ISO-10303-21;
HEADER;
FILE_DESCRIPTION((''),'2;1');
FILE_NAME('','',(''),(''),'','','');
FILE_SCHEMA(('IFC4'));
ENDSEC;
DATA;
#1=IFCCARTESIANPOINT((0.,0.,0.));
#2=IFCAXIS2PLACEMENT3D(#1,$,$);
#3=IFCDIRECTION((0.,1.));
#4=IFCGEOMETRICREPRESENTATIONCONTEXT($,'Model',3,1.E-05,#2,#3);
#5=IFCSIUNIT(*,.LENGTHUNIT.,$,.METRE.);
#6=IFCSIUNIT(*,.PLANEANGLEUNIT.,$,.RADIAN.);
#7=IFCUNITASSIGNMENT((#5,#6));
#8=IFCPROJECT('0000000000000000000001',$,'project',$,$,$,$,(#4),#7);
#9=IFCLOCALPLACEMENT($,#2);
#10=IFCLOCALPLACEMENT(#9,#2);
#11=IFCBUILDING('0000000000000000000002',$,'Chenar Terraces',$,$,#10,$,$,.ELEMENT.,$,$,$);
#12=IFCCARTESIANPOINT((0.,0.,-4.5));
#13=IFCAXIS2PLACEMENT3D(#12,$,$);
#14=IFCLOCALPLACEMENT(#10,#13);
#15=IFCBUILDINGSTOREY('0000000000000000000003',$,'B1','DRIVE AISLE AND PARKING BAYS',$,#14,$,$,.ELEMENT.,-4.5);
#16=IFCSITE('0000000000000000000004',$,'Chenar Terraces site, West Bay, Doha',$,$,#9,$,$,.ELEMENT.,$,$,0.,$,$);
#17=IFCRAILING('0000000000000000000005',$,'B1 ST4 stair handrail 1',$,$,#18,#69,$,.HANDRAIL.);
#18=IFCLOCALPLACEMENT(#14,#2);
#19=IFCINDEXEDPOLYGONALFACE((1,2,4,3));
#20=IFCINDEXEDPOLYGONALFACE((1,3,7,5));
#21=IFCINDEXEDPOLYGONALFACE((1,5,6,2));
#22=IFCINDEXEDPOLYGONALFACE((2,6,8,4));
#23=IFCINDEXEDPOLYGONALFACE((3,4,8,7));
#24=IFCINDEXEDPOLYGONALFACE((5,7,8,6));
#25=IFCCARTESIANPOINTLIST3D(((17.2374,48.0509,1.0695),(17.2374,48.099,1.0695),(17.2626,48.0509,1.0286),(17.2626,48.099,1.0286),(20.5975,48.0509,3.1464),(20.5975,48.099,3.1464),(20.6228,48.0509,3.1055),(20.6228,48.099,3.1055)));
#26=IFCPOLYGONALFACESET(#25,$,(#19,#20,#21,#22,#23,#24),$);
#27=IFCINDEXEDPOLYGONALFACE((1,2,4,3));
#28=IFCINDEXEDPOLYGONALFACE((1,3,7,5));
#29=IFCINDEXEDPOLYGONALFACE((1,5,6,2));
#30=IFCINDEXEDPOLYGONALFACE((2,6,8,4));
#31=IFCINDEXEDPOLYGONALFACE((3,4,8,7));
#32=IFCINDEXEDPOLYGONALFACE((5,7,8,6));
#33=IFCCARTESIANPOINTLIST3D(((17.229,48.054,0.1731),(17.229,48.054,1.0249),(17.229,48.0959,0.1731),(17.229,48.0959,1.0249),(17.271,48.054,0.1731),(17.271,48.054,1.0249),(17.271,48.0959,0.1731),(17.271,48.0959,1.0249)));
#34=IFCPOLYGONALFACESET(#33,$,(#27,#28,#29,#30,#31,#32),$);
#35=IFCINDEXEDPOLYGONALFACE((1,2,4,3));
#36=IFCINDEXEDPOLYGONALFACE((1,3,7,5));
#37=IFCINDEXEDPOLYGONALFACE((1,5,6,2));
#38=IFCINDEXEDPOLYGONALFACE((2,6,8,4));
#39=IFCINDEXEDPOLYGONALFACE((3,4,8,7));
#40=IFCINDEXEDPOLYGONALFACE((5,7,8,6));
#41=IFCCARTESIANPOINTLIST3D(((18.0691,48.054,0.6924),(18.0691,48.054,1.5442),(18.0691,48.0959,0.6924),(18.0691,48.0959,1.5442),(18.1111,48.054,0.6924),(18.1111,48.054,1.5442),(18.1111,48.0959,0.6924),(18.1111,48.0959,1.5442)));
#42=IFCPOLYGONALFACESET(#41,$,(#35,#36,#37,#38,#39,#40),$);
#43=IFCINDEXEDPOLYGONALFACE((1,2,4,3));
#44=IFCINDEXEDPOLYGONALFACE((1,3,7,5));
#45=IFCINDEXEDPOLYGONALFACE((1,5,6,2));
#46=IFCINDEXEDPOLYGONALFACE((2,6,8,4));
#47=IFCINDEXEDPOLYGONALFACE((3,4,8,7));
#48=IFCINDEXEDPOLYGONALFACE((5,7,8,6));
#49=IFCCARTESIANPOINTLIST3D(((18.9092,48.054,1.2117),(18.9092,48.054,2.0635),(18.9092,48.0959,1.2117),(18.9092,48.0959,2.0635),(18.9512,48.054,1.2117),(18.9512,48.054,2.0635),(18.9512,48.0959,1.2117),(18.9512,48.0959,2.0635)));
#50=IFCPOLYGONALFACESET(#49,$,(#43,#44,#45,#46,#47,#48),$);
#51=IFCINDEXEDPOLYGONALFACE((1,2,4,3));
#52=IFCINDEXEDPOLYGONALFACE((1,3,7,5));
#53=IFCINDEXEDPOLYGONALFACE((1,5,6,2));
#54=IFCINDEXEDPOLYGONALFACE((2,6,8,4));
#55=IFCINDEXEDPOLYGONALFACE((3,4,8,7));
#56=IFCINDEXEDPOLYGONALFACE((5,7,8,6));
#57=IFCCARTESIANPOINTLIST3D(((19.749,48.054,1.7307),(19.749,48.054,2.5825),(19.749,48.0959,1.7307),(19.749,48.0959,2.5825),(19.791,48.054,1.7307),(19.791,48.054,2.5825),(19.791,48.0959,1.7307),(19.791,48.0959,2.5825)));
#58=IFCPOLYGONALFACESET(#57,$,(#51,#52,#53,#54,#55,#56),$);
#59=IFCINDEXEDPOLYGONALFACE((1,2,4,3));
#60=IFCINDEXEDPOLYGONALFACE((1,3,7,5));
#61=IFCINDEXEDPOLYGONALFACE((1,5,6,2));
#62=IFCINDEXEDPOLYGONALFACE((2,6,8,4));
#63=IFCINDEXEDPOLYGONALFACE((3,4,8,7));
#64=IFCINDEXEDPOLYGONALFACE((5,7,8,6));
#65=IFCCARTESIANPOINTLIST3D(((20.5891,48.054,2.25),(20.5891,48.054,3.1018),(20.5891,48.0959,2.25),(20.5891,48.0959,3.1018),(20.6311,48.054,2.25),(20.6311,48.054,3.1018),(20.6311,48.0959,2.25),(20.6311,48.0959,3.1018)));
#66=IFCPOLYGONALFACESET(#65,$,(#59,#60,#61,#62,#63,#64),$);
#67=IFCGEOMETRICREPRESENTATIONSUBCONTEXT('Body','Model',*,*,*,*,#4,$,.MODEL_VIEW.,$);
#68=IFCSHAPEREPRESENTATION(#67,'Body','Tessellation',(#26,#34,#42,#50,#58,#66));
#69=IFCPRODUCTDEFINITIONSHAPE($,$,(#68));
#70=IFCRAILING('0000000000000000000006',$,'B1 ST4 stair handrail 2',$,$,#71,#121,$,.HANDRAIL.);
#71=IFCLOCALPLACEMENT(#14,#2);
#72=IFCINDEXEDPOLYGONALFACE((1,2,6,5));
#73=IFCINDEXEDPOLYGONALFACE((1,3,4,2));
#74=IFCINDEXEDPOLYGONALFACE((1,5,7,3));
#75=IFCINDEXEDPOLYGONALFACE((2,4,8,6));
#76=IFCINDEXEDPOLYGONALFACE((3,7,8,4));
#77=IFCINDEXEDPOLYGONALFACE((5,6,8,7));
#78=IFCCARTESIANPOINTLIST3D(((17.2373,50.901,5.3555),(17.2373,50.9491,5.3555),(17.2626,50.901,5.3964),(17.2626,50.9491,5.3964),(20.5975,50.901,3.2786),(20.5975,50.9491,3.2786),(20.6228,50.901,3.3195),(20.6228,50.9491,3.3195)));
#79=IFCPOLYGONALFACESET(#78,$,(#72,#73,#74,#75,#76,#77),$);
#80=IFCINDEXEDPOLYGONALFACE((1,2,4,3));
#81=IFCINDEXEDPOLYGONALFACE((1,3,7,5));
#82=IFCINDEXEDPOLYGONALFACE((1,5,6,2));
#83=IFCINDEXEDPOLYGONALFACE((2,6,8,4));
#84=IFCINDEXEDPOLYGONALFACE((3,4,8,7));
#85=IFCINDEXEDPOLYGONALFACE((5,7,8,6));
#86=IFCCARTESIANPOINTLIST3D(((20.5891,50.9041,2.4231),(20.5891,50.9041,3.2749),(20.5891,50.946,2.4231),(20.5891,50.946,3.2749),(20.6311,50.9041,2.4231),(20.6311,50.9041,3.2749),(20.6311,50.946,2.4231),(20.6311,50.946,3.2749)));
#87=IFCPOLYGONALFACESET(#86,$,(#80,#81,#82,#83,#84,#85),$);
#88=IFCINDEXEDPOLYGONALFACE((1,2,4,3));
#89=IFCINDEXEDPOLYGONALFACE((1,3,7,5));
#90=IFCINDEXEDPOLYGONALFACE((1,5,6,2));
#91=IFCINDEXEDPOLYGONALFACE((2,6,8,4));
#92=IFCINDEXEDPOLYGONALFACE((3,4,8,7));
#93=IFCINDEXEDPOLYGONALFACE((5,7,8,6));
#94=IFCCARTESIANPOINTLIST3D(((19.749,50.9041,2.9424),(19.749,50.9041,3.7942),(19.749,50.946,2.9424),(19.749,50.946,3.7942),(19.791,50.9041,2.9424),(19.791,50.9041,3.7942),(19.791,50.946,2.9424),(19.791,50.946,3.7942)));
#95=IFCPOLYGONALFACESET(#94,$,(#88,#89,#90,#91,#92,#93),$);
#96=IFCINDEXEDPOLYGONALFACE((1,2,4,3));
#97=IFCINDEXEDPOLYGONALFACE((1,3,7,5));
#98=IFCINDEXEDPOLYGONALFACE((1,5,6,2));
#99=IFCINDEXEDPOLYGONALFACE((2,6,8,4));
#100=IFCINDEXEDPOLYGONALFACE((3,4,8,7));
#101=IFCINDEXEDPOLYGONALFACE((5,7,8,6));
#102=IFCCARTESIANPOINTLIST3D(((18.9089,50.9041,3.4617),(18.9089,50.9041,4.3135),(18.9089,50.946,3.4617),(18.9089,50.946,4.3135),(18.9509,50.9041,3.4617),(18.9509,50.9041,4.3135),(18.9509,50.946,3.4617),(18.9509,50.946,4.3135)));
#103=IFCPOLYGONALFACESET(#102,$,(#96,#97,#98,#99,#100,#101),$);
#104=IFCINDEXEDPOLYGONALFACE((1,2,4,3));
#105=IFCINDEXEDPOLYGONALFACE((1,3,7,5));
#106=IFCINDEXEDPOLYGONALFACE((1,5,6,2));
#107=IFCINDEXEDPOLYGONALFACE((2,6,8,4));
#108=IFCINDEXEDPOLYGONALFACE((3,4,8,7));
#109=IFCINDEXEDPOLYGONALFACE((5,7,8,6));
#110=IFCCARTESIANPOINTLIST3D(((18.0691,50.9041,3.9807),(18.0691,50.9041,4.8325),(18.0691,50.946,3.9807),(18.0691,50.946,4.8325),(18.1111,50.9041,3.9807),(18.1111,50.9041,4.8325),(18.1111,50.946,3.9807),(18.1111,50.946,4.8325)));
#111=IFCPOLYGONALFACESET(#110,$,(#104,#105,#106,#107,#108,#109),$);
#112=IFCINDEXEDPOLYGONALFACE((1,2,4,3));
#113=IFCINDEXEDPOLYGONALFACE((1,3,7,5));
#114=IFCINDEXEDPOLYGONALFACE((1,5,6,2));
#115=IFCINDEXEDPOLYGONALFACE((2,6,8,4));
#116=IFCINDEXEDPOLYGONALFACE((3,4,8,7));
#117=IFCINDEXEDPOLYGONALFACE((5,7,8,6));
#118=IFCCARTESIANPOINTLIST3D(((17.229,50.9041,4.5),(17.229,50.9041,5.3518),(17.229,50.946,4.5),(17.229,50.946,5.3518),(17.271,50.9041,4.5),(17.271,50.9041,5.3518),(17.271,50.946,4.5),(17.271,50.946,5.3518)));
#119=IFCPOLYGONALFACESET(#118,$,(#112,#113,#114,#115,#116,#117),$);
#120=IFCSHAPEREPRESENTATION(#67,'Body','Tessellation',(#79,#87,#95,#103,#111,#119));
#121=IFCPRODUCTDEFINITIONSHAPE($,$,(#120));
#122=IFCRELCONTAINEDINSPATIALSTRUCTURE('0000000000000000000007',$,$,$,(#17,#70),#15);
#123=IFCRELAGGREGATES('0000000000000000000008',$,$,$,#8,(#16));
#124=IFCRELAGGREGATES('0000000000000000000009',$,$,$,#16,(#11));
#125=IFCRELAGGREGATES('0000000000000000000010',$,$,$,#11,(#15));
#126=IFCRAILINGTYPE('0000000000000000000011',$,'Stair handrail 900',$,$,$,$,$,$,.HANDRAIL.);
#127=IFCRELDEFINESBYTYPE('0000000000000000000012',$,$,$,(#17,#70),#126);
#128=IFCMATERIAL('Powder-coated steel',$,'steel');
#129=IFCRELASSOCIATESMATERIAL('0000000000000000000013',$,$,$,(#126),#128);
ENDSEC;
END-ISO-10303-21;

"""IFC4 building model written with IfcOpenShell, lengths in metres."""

from ifc_helpers import new_model, si_unit, direction, frame, origin, origin_2d, place, context, subcontext, project, spatial, rectangle, extrude, material, type_object, element, save


model = new_model("IFC4")

# Units and contexts
model_context = context("Model", 3, precision=1e-05, world=origin(), true_north=direction((0.0, 1.0)))
body_context = subcontext(model_context, "Body", "Model", "MODEL_VIEW")
ifc_project = project(units=[si_unit("LENGTHUNIT", "METRE"), si_unit("PLANEANGLEUNIT", "RADIAN")], contexts=[model_context])

# Site, building, storey
site_placement = place(None, origin())
site = spatial("IfcSite", under=ifc_project, at=site_placement, Name="Chenar Terraces site, West Bay, Doha", CompositionType="ELEMENT", RefElevation=0.0)
building_placement = place(site_placement, origin())
building = spatial("IfcBuilding", under=site, at=building_placement, Name="Chenar Terraces", CompositionType="ELEMENT")
storey_placement = place(building_placement, frame((0.0, 0.0, -4.5)))
storey = spatial("IfcBuildingStorey", under=building, at=storey_placement, Name="B1", Description="DRIVE AISLE AND PARKING BAYS", CompositionType="ELEMENT", Elevation=-4.5)

# Railings
ifc_material_1 = material(Name="Powder-coated steel", Category="steel")
railing_type_1 = type_object("IfcRailingType", Name="Stair handrail 900", PredefinedType="HANDRAIL", material=ifc_material_1)
railing_1_placement = place(storey_placement, frame((17.25, 48.075, 0.1731)))
element("IfcRailing", 1, at=railing_1_placement, inside=storey, type_object=railing_type_1, Name="B1 ST4 stair handrail 1", PredefinedType="HANDRAIL", context=body_context, shape_type="SweptSolid", body=[
    extrude(rectangle(XDim=0.0481, YDim=0.0481, at=origin_2d()), frame((0.0, 0.0, 0.876), z_axis=(0.850623, 0.0, 0.525776), x_axis=(0.0, 1.0, 0.0)), (0.0, 0.0, 1.0), 3.9502),
    extrude(rectangle(XDim=0.042, YDim=0.042, at=origin_2d()), origin(), (0.0, 0.0, 1.0), 0.8518),
    extrude(rectangle(XDim=0.042, YDim=0.042, at=origin_2d()), frame((0.8401, 0.0, 0.5193)), (0.0, 0.0, 1.0), 0.8518),
    extrude(rectangle(XDim=0.042, YDim=0.042, at=origin_2d()), frame((1.6802, 0.0, 1.0386)), (0.0, 0.0, 1.0), 0.8518),
    extrude(rectangle(XDim=0.042, YDim=0.042, at=origin_2d()), frame((2.52, 0.0, 1.5576)), (0.0, 0.0, 1.0), 0.8518),
    extrude(rectangle(XDim=0.042, YDim=0.042, at=origin_2d()), frame((3.3601, 0.0, 2.0769)), (0.0, 0.0, 1.0), 0.8518),
])
railing_2_placement = place(storey_placement, frame((20.6101, 50.925, 2.4231)))
element("IfcRailing", 2, at=railing_2_placement, inside=storey, type_object=railing_type_1, Name="B1 ST4 stair handrail 2", PredefinedType="HANDRAIL", context=body_context, shape_type="SweptSolid", body=[
    extrude(rectangle(XDim=0.0481, YDim=0.0481, at=origin_2d()), frame((0.0, 0.0, 0.876), z_axis=(-0.850623, 0.0, 0.525776), x_axis=(0.0, -1.0, 0.0)), (0.0, 0.0, 1.0), 3.9502),
    extrude(rectangle(XDim=0.042, YDim=0.042, at=origin_2d()), origin(), (0.0, 0.0, 1.0), 0.8518),
    extrude(rectangle(XDim=0.042, YDim=0.042, at=origin_2d()), frame((-0.8401, 0.0, 0.5193)), (0.0, 0.0, 1.0), 0.8518),
    extrude(rectangle(XDim=0.042, YDim=0.042, at=origin_2d()), frame((-1.6802, 0.0, 1.0386)), (0.0, 0.0, 1.0), 0.8518),
    extrude(rectangle(XDim=0.042, YDim=0.042, at=origin_2d()), frame((-2.52, 0.0, 1.5576)), (0.0, 0.0, 1.0), 0.8518),
    extrude(rectangle(XDim=0.042, YDim=0.042, at=origin_2d()), frame((-3.3601, 0.0, 2.0769)), (0.0, 0.0, 1.0), 0.8518),
])

save(model, "model.ifc")
